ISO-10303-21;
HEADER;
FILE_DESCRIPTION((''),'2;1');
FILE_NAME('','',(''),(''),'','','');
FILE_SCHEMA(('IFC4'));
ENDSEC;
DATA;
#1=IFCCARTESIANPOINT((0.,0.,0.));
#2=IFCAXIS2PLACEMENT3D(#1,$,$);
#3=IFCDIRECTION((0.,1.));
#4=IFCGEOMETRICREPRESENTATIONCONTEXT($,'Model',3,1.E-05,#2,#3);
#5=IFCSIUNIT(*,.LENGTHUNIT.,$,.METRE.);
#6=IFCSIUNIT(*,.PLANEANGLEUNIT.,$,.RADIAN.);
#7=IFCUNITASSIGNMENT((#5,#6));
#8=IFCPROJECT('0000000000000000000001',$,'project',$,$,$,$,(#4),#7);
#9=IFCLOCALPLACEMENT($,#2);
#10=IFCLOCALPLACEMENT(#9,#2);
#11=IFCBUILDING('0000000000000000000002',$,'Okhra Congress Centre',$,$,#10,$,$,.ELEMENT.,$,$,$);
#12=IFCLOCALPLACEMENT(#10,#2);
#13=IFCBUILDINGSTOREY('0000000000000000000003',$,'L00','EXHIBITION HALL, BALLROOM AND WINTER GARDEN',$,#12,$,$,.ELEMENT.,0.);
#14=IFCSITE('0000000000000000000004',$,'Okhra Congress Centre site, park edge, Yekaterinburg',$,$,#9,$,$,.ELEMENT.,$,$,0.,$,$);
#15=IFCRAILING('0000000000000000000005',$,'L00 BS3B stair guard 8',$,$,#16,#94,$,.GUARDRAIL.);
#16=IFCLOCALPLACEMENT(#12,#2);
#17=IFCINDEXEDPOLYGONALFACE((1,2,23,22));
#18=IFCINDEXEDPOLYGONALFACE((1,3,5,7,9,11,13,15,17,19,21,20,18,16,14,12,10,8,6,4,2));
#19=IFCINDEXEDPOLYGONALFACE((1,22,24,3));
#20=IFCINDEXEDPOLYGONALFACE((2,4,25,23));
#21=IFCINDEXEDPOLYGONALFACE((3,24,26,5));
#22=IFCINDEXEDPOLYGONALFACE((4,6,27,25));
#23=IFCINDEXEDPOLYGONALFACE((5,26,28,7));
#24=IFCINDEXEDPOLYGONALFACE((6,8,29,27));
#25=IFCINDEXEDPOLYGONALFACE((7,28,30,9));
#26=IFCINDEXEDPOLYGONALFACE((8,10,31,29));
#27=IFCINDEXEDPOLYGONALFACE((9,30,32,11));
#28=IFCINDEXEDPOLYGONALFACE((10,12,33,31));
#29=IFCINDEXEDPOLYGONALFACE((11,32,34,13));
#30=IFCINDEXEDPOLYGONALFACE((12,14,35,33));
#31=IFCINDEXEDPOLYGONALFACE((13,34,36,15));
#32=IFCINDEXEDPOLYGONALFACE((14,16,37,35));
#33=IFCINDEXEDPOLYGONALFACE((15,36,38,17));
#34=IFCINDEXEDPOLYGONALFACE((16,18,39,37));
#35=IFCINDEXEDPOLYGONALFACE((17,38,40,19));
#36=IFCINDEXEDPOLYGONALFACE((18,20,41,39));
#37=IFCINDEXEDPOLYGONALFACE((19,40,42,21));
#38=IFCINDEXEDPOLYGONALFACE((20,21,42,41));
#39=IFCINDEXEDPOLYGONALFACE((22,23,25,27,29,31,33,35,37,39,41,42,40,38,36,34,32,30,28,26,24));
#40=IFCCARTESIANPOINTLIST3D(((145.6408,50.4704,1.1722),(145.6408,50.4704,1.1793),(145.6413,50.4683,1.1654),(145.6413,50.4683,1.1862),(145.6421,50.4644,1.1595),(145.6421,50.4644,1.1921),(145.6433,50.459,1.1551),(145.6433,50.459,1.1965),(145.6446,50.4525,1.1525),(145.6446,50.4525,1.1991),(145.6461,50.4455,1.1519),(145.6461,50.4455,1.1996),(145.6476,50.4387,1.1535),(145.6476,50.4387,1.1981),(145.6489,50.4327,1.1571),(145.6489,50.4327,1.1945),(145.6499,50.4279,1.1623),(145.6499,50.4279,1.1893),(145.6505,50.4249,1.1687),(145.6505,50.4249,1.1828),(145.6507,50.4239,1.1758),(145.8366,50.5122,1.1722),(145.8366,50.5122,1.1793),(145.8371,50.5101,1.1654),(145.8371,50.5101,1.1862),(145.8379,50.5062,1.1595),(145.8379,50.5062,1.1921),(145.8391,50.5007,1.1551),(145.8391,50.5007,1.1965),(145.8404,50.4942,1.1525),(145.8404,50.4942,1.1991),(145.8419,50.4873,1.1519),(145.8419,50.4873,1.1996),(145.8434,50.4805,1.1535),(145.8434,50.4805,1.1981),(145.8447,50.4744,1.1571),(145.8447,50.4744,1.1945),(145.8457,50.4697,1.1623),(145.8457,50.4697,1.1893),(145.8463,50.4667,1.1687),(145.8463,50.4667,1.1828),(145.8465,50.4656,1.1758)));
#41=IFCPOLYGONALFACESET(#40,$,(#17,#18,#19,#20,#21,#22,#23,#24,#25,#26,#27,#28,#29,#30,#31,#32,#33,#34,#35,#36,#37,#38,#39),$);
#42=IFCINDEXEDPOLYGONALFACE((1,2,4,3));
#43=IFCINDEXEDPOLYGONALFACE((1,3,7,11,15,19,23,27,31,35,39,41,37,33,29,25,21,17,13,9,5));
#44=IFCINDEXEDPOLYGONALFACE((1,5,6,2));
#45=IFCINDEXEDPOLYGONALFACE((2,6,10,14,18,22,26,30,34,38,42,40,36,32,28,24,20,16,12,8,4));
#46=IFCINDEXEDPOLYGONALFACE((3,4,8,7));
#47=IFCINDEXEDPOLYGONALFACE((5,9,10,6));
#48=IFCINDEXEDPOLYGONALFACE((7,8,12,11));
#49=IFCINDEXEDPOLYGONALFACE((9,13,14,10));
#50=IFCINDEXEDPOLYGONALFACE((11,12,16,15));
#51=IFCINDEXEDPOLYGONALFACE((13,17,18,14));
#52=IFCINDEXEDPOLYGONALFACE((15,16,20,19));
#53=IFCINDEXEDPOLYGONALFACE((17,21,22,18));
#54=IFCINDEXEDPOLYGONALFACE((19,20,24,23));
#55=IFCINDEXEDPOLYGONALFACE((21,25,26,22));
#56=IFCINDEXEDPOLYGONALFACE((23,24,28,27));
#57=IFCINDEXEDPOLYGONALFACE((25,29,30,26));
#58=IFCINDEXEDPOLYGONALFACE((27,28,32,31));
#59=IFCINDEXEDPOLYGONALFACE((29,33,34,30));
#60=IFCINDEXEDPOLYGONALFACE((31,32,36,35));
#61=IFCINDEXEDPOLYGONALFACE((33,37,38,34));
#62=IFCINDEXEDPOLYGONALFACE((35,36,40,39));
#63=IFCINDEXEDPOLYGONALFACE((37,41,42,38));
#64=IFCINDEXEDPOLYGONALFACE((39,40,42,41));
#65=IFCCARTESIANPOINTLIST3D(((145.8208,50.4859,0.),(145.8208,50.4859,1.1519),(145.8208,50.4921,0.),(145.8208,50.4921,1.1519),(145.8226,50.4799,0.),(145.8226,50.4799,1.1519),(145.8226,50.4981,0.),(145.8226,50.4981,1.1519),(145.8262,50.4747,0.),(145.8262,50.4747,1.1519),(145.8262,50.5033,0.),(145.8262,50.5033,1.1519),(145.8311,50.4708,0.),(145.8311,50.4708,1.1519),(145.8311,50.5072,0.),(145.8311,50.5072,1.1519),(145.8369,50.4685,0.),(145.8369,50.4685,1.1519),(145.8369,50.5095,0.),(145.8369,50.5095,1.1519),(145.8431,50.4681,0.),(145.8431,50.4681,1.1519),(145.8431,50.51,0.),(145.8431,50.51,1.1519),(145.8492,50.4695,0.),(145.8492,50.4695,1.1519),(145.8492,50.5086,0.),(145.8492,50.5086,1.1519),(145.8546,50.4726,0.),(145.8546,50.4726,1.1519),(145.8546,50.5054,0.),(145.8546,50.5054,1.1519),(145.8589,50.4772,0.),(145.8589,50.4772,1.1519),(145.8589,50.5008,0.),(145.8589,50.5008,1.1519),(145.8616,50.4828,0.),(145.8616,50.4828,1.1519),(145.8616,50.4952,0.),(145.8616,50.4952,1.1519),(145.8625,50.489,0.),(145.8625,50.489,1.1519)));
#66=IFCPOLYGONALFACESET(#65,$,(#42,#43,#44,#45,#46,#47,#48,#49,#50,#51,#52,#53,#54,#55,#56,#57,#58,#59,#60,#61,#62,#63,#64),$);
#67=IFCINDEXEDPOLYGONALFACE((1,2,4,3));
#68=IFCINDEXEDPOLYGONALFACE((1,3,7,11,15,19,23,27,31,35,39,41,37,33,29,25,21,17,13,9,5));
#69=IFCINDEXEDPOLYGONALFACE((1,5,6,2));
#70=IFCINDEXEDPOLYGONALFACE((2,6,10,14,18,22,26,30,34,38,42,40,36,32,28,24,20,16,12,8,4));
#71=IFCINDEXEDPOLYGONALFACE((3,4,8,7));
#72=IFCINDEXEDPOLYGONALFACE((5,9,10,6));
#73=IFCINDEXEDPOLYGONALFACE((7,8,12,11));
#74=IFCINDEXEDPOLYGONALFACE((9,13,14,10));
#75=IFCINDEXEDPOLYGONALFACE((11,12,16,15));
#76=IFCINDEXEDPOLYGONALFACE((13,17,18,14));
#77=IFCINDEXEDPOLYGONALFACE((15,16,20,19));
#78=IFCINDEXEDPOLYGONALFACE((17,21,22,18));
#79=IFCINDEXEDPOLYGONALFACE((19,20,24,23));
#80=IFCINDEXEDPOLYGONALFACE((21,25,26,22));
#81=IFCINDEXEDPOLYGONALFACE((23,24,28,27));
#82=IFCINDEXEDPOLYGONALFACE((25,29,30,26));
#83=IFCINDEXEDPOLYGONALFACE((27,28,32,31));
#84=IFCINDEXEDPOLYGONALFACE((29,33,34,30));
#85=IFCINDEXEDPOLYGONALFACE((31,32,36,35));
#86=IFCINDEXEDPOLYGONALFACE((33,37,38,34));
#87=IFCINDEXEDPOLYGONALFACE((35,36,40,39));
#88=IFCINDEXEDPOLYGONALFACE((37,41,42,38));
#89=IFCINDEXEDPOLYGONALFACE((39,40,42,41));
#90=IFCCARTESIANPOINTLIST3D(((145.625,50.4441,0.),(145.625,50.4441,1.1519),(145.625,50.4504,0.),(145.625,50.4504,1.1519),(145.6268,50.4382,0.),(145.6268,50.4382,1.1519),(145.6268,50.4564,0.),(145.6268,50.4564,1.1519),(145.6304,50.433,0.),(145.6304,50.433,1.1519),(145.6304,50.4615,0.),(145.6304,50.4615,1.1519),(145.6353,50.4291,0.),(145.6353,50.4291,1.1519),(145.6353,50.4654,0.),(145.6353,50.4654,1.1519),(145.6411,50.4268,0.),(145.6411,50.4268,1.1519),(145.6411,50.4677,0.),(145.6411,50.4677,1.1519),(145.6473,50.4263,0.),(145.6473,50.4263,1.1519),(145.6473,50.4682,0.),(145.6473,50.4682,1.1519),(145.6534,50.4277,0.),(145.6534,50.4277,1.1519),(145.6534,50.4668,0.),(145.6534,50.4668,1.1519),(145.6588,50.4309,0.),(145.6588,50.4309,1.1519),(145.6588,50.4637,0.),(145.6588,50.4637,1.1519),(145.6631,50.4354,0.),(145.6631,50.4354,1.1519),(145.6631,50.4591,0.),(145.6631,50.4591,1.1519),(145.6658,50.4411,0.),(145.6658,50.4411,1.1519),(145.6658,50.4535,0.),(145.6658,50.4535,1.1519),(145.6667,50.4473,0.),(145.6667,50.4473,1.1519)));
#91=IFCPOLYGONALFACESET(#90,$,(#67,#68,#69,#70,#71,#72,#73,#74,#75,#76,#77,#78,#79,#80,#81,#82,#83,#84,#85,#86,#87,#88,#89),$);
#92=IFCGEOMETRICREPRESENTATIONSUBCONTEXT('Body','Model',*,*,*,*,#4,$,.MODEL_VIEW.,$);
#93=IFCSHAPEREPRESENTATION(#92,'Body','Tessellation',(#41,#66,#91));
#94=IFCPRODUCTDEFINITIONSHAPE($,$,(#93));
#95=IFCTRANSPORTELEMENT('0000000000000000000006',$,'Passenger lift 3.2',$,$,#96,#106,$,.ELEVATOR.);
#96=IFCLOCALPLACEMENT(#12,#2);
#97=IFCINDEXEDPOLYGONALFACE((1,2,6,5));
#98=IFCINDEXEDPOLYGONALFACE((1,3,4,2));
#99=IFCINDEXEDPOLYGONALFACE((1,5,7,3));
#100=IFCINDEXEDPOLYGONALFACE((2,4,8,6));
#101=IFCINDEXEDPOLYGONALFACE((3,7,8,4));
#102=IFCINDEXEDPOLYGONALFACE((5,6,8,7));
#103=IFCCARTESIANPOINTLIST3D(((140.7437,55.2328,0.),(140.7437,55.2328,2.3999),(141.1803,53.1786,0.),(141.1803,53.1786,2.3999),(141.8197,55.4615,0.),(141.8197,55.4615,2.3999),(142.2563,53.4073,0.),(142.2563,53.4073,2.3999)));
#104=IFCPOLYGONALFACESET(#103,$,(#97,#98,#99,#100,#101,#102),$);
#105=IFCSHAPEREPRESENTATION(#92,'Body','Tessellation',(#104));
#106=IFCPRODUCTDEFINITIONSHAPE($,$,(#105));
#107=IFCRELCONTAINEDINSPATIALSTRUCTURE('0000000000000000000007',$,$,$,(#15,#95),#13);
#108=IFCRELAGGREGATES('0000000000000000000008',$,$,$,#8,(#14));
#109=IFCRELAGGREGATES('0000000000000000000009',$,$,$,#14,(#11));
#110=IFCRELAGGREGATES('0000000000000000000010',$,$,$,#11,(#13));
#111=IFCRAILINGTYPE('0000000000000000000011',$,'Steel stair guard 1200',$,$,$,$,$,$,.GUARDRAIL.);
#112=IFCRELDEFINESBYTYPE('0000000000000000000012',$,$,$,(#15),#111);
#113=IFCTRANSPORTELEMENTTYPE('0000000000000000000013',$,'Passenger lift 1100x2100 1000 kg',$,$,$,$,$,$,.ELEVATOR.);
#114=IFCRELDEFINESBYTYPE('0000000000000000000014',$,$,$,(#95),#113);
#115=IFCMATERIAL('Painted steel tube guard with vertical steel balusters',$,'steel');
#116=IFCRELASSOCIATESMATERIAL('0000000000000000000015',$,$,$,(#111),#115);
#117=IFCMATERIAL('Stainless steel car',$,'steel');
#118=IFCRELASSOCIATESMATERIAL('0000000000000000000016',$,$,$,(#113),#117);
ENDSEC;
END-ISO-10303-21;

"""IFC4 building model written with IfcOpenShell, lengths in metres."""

from ifc_helpers import new_model, si_unit, direction, frame, origin, origin_2d, place, context, subcontext, project, spatial, rectangle, circle, extrude, material, type_object, element, save


model = new_model("IFC4")

# Units and contexts
model_context = context("Model", 3, precision=1e-05, world=origin(), true_north=direction((0.0, 1.0)))
body_context = subcontext(model_context, "Body", "Model", "MODEL_VIEW")
ifc_project = project(units=[si_unit("LENGTHUNIT", "METRE"), si_unit("PLANEANGLEUNIT", "RADIAN")], contexts=[model_context])

# Site, building, storey
site_placement = place(None, origin())
site = spatial("IfcSite", under=ifc_project, at=site_placement, Name="Okhra Congress Centre site, park edge, Yekaterinburg", CompositionType="ELEMENT", RefElevation=0.0)
building_placement = place(site_placement, origin())
building = spatial("IfcBuilding", under=site, at=building_placement, Name="Okhra Congress Centre", CompositionType="ELEMENT")
storey_placement = place(building_placement, origin())
storey = spatial("IfcBuildingStorey", under=building, at=storey_placement, Name="L00", Description="EXHIBITION HALL, BALLROOM AND WINTER GARDEN", CompositionType="ELEMENT", Elevation=0.0)

# Railing
ifc_material_1 = material(Name="Painted steel tube guard with vertical steel balusters", Category="steel")
railing_type_1 = type_object("IfcRailingType", Name="Steel stair guard 1200", PredefinedType="GUARDRAIL", material=ifc_material_1)
railing_1_placement = place(storey_placement, frame((145.8416, 50.489, 0.0)))
element("IfcRailing", 1, at=railing_1_placement, inside=storey, type_object=railing_type_1, Name="L00 BS3B stair guard 8", PredefinedType="GUARDRAIL", context=body_context, shape_type="SweptSolid", body=[
    extrude(circle(Radius=0.0239, at=origin_2d()), frame((0.0, 0.0, 1.1758), z_axis=(-0.978016, -0.20853, 0.0), x_axis=(0.20853, -0.978016, 0.0)), (0.0, 0.0, 1.0), 0.2002),
    extrude(circle(Radius=0.021, at=origin_2d()), origin(), (0.0, 0.0, 1.0), 1.1519),
    extrude(circle(Radius=0.021, at=origin_2d()), frame((-0.1958, -0.0417, 0.0)), (0.0, 0.0, 1.0), 1.1519),
])

# Transport element
ifc_material_2 = material(Name="Stainless steel car", Category="steel")
transport_element_type = type_object("IfcTransportElementType", Name="Passenger lift 1100x2100 1000 kg", PredefinedType="ELEVATOR", material=ifc_material_2)
transport_element_placement = place(storey_placement, frame((141.5, 54.3201, 0.0), z_axis=(0.0, 0.0, 1.0), x_axis=(0.978148, 0.207912, 0.0)))
element("IfcTransportElement", 2, at=transport_element_placement, inside=storey, type_object=transport_element_type, Name="Passenger lift 3.2", PredefinedType="ELEVATOR", context=body_context, shape_type="SweptSolid", body=[
    extrude(rectangle(XDim=1.1001, YDim=2.1001, at=origin_2d()), origin(), (0.0, 0.0, 1.0), 2.3999),
])

save(model, "model.ifc")
